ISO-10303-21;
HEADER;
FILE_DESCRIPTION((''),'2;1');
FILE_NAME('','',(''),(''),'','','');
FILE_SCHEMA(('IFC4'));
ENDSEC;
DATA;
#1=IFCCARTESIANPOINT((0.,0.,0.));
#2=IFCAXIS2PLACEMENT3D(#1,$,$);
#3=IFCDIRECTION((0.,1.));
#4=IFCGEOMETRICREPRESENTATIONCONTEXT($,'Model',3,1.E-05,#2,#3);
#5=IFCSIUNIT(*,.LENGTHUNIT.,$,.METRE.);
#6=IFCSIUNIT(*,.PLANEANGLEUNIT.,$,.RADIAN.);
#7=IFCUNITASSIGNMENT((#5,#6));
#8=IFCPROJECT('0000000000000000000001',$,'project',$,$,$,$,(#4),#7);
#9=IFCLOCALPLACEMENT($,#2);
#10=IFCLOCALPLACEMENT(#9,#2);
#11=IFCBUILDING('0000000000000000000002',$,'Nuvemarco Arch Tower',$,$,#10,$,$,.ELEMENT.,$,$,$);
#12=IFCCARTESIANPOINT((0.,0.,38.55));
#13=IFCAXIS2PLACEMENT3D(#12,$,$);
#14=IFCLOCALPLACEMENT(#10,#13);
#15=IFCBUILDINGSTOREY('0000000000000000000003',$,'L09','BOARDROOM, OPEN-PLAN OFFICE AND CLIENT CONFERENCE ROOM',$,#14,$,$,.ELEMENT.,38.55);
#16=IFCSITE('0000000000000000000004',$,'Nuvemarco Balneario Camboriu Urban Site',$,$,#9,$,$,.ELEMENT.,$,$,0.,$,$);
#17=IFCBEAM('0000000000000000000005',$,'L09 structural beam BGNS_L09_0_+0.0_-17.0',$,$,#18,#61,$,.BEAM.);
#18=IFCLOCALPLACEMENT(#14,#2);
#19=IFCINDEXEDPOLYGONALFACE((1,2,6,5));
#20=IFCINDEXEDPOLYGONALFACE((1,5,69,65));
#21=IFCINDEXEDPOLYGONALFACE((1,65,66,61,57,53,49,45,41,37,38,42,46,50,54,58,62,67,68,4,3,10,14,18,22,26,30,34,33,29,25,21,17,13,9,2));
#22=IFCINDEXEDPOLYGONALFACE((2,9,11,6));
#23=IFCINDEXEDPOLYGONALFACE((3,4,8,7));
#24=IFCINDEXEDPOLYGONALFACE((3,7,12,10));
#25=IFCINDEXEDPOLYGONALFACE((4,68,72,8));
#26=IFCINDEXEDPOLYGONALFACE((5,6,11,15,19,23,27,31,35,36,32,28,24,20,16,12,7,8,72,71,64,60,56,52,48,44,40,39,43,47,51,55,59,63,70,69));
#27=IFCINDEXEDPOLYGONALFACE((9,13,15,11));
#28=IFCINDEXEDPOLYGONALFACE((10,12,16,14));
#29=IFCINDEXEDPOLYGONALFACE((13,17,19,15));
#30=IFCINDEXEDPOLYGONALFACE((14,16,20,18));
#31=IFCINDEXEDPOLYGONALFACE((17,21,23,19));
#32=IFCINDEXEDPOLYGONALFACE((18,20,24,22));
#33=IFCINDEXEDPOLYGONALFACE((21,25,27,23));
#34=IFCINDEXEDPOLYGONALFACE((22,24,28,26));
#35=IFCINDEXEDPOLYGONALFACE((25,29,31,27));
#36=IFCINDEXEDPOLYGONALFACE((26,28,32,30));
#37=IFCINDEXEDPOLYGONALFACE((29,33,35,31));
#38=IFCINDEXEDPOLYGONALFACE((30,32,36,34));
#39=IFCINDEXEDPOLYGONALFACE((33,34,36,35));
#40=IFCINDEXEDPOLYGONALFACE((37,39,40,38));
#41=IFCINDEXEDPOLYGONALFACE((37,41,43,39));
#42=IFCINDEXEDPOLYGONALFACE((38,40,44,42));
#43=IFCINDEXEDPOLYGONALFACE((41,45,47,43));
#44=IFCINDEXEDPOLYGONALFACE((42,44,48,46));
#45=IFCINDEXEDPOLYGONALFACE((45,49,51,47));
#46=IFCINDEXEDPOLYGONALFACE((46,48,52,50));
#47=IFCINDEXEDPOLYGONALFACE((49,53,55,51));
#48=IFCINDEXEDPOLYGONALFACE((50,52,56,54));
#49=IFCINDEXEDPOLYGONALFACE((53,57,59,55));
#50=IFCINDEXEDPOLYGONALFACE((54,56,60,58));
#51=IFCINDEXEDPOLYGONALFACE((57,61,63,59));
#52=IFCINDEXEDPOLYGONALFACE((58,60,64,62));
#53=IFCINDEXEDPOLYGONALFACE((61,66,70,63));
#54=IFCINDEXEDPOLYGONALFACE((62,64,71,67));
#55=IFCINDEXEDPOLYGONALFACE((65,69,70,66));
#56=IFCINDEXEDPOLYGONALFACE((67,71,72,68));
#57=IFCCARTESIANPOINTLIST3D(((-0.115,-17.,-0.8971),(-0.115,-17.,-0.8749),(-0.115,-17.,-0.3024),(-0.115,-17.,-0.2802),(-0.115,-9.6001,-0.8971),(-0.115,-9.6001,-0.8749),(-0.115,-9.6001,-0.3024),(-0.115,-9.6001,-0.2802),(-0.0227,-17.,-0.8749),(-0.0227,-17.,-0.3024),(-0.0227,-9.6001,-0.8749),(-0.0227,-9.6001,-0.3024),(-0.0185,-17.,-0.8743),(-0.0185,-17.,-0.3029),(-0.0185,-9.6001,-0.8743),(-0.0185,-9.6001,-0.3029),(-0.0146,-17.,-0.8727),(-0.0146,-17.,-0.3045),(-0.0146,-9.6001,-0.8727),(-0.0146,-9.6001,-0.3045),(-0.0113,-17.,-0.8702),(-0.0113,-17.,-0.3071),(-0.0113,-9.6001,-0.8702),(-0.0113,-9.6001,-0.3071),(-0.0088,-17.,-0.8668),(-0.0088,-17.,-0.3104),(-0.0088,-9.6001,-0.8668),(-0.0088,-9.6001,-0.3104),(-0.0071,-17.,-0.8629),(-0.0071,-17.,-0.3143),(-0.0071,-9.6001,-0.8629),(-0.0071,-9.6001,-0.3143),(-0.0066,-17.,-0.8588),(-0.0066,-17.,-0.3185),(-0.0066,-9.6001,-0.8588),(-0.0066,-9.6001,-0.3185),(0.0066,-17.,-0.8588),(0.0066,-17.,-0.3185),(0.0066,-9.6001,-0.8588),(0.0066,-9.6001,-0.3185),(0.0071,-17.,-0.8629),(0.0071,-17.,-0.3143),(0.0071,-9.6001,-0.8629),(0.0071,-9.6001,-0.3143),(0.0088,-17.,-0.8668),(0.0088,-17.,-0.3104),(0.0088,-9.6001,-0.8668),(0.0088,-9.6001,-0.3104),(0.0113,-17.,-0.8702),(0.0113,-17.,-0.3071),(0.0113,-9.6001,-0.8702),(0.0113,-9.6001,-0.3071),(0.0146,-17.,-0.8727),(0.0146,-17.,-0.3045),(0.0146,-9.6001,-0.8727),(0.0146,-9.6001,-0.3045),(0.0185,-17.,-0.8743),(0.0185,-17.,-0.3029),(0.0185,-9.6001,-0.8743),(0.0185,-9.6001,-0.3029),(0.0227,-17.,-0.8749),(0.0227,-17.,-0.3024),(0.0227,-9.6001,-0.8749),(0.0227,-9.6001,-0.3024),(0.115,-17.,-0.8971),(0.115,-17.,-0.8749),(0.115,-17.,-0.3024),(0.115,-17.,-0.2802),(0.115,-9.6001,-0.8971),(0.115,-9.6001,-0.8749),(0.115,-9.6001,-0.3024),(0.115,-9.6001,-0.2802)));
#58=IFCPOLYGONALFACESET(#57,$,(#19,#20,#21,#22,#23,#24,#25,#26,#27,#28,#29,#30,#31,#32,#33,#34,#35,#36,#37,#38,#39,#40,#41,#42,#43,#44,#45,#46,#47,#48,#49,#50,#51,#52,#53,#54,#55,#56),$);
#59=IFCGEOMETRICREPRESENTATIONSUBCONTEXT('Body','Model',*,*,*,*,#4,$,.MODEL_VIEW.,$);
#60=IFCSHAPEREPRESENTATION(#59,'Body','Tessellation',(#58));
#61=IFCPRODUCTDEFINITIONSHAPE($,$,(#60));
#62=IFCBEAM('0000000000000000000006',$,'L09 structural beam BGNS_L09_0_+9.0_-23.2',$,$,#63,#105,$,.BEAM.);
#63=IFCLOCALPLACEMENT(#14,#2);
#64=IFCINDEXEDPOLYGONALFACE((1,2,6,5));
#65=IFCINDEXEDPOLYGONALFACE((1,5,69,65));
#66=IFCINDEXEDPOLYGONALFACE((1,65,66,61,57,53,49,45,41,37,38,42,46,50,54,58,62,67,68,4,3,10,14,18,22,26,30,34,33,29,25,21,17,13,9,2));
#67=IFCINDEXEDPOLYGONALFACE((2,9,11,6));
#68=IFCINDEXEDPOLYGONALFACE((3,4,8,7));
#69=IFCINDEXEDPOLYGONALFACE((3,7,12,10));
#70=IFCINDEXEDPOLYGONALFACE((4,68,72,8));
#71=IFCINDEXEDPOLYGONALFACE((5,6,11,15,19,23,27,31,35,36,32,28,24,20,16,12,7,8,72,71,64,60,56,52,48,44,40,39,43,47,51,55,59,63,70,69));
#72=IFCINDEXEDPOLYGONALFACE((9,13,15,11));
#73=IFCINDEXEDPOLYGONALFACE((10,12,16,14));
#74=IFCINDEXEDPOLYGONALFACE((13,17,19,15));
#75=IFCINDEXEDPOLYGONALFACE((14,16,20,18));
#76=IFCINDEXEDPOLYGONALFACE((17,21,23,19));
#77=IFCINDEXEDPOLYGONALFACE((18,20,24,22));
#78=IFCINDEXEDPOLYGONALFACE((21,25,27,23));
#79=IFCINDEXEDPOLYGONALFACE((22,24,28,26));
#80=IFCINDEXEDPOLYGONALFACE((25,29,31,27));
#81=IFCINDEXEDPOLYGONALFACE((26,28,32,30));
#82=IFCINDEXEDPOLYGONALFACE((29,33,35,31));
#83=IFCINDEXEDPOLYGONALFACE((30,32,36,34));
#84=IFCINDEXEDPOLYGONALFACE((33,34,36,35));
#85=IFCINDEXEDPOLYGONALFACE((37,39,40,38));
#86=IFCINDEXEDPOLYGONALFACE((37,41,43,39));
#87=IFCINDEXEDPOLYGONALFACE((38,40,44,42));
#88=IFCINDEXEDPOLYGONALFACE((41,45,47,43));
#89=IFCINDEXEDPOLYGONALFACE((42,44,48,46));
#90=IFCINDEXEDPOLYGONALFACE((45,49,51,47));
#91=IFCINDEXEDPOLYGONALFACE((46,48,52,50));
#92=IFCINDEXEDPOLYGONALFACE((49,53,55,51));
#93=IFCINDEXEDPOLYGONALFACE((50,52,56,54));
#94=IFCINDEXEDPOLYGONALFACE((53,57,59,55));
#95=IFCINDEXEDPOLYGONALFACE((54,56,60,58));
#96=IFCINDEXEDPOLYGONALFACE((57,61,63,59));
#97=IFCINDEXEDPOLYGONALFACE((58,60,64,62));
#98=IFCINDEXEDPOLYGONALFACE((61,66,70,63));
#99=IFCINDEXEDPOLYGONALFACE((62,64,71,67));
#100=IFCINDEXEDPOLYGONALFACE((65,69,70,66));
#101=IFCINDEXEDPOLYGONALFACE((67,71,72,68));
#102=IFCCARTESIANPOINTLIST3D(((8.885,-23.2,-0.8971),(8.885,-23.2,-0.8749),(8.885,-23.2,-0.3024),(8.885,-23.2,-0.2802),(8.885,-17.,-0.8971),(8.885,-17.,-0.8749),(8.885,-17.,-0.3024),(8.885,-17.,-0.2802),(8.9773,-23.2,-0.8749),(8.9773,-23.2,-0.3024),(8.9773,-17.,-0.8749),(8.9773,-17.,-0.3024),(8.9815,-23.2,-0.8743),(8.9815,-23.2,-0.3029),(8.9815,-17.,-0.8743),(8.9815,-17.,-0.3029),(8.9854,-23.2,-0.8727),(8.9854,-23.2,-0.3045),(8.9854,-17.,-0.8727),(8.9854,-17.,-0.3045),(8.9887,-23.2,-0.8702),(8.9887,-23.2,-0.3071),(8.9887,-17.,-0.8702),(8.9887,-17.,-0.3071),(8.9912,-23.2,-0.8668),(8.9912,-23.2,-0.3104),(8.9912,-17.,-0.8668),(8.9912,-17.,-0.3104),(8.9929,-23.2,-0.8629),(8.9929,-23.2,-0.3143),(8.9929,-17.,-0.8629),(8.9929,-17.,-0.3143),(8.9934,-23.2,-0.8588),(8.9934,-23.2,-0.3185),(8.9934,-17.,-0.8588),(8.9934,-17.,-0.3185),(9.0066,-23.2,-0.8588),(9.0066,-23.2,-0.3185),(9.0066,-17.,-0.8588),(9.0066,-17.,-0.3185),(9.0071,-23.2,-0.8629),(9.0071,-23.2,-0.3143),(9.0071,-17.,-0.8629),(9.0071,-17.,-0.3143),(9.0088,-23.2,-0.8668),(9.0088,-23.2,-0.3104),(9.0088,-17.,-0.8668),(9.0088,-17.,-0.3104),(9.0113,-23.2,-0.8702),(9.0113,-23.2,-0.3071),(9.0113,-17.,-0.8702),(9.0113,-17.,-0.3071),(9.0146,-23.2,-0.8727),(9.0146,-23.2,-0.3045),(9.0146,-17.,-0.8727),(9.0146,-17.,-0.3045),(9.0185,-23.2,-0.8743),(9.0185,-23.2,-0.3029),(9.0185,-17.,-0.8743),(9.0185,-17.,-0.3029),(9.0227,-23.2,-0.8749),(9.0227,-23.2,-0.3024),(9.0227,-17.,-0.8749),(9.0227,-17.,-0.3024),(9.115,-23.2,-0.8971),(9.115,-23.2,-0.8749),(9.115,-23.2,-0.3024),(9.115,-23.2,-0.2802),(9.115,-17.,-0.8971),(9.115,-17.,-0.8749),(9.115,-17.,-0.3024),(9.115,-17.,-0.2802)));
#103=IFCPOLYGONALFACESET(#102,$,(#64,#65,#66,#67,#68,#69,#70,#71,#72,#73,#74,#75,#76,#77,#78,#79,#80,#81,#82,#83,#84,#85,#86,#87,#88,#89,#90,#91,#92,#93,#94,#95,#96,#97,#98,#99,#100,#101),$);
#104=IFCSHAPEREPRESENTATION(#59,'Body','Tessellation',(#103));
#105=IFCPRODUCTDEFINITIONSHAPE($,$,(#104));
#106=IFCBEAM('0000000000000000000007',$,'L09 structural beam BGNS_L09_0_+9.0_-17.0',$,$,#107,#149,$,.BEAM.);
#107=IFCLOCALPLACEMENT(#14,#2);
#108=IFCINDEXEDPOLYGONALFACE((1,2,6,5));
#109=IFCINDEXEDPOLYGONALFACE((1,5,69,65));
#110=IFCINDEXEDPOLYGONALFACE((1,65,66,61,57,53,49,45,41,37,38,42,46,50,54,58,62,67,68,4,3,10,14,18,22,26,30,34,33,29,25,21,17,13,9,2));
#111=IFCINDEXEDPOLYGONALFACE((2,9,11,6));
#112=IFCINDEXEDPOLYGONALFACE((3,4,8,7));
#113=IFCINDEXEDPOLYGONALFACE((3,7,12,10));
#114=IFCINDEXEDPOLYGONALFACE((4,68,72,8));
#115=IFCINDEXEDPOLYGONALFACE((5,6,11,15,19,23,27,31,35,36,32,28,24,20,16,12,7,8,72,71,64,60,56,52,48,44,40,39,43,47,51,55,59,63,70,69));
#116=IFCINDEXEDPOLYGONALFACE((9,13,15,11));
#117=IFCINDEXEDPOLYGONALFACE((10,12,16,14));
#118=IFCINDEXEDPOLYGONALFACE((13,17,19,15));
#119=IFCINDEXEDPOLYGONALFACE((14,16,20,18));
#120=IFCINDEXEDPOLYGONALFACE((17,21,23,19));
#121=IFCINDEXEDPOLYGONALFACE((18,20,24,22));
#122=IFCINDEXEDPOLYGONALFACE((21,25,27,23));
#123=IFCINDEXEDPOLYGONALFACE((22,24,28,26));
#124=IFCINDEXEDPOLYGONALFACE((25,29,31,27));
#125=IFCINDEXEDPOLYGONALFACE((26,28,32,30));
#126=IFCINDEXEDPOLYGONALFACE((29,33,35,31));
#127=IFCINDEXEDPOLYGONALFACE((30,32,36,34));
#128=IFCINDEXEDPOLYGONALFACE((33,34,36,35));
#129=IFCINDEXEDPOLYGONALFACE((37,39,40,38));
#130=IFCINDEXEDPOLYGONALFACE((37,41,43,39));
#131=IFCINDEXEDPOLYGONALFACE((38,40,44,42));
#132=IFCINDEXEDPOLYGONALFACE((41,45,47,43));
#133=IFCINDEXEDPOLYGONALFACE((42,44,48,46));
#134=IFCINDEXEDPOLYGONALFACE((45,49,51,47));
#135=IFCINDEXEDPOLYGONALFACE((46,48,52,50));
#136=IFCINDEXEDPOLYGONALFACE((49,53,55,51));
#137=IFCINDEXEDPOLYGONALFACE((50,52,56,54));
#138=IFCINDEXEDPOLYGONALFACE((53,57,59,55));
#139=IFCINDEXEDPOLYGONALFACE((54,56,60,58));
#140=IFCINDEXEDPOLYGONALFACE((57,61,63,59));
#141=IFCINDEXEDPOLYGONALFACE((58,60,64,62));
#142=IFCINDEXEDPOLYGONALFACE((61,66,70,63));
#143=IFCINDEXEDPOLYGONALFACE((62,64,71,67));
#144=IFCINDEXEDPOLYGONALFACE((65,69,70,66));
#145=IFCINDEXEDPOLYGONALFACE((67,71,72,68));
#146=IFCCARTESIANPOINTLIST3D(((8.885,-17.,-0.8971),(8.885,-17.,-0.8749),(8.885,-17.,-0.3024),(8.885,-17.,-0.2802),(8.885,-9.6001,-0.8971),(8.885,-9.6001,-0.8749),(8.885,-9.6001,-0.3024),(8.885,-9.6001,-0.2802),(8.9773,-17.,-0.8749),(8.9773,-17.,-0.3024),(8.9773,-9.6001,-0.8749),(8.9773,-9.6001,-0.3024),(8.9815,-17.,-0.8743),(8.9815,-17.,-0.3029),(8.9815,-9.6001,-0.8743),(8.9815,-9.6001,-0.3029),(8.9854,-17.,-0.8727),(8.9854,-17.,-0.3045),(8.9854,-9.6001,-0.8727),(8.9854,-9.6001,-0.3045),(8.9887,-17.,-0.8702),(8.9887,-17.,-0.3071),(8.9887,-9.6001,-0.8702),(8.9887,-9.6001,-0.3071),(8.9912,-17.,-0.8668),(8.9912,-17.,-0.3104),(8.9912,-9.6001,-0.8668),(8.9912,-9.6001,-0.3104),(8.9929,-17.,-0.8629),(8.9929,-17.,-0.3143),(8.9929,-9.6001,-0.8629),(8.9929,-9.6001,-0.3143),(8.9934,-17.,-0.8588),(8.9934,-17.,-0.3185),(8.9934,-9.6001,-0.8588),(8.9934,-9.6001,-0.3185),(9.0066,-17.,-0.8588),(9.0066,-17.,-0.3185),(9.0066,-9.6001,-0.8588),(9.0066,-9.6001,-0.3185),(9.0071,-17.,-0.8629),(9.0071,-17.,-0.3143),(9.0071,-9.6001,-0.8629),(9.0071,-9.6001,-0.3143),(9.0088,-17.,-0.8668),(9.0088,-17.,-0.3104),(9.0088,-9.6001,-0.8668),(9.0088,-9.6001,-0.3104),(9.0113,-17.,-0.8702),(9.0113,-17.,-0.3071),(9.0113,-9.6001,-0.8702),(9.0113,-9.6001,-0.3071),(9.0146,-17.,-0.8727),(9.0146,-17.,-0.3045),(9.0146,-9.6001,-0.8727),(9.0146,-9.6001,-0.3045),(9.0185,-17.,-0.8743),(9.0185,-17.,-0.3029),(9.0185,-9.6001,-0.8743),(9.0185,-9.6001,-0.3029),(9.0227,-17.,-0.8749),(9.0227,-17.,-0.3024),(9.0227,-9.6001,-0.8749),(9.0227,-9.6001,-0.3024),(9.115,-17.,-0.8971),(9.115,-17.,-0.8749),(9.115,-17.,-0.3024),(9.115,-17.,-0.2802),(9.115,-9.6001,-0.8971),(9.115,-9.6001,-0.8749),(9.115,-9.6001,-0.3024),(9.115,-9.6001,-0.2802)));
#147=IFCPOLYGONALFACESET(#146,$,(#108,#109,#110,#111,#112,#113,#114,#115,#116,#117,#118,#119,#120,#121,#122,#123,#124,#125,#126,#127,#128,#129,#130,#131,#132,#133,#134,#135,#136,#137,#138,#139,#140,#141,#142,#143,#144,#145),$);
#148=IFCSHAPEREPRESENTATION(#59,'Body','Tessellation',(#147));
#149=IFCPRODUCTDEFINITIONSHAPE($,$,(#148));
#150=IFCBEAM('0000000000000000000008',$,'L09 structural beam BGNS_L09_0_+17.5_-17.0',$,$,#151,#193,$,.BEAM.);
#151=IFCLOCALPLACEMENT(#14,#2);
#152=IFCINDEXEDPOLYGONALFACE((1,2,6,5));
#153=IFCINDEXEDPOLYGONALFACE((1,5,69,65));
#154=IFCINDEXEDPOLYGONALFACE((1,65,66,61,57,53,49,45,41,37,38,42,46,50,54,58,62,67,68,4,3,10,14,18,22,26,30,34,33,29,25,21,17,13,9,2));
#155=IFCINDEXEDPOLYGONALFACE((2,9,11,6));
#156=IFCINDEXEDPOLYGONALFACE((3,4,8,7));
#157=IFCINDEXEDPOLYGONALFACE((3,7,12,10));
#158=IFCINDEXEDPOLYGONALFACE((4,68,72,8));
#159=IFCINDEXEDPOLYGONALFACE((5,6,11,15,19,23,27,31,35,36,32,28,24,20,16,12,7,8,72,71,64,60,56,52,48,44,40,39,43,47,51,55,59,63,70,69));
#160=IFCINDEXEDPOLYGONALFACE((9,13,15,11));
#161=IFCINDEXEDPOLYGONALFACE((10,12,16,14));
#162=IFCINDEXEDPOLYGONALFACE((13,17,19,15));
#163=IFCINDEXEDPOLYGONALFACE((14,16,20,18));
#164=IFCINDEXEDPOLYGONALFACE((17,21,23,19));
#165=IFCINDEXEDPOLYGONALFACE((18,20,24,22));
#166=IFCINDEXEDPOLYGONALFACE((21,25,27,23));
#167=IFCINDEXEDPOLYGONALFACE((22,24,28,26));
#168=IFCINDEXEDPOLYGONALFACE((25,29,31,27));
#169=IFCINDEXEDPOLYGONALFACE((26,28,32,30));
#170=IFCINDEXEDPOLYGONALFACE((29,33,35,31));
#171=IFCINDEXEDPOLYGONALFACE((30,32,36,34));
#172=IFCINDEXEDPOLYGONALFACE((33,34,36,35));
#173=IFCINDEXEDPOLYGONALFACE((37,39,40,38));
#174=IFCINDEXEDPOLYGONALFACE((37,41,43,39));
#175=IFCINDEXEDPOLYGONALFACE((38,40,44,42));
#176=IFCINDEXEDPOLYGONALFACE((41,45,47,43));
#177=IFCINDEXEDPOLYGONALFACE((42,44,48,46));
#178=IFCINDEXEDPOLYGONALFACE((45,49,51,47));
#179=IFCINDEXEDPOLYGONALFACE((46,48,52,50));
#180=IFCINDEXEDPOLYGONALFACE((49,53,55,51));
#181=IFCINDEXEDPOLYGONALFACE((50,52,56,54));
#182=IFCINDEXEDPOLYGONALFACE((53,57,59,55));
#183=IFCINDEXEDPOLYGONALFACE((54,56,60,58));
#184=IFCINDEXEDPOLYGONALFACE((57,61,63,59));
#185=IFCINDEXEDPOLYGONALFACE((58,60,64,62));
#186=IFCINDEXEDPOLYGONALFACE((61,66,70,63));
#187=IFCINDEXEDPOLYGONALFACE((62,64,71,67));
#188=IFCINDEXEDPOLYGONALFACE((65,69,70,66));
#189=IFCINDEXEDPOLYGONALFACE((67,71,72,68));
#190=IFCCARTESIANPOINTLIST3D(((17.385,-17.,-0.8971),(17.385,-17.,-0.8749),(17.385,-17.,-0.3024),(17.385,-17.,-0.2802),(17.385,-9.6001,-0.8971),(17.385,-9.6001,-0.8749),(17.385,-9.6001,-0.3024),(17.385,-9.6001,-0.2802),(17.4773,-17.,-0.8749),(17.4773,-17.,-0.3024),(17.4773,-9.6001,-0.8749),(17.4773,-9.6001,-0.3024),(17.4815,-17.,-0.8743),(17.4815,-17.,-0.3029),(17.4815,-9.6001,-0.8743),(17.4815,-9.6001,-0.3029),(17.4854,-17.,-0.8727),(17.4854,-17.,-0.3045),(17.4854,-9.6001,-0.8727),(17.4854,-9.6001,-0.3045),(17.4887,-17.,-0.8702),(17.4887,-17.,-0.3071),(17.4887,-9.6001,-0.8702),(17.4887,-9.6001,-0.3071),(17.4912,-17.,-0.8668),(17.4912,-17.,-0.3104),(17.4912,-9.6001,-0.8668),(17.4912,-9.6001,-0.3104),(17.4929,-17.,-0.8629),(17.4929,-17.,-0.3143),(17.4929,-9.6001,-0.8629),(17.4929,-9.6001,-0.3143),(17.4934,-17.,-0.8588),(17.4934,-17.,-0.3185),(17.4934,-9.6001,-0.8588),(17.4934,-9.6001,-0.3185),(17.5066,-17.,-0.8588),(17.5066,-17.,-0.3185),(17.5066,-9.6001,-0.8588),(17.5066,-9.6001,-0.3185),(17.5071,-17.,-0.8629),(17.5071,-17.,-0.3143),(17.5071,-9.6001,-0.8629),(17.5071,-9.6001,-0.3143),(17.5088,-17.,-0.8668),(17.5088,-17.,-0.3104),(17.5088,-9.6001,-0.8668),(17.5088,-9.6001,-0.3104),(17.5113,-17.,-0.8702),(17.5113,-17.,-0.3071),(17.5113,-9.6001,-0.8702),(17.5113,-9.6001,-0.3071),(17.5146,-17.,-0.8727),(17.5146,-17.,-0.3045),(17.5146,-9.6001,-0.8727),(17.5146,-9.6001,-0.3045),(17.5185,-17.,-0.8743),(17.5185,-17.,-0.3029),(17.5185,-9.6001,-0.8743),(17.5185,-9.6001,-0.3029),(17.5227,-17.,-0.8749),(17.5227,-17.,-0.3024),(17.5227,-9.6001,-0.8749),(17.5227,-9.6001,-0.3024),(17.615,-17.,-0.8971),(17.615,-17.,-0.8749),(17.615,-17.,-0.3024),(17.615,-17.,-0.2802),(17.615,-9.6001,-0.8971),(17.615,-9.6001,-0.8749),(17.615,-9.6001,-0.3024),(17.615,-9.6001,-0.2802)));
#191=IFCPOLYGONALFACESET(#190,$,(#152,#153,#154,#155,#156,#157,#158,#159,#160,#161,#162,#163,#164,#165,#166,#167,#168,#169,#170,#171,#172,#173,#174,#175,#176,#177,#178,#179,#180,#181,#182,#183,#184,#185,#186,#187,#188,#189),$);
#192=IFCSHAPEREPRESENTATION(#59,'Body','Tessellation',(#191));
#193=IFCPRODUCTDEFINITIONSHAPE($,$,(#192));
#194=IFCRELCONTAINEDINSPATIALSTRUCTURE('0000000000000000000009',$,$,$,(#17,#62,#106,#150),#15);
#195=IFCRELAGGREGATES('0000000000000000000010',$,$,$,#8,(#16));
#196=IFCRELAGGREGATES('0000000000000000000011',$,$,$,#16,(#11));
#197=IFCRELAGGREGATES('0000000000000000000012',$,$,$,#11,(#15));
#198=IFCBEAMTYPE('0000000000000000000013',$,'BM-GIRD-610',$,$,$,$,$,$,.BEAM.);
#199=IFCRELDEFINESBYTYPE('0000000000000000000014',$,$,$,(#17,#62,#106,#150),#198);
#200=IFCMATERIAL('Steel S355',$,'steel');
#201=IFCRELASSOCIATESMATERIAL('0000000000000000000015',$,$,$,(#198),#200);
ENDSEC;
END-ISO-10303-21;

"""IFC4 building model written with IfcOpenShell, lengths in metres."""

from ifc_helpers import new_model, si_unit, direction, frame, origin, origin_2d, place, context, subcontext, project, spatial, i_section, extrude, material, material_profile, profile_set, type_object, element, save


model = new_model("IFC4")

# Units and contexts
model_context = context("Model", 3, precision=1e-05, world=origin(), true_north=direction((0.0, 1.0)))
body_context = subcontext(model_context, "Body", "Model", "MODEL_VIEW")
ifc_project = project(units=[si_unit("LENGTHUNIT", "METRE"), si_unit("PLANEANGLEUNIT", "RADIAN")], contexts=[model_context])

# Site, building, storey
site_placement = place(None, origin())
site = spatial("IfcSite", under=ifc_project, at=site_placement, Name="Nuvemarco Balneario Camboriu Urban Site", CompositionType="ELEMENT", RefElevation=0.0)
building_placement = place(site_placement, origin())
building = spatial("IfcBuilding", under=site, at=building_placement, Name="Nuvemarco Arch Tower", CompositionType="ELEMENT")
storey_placement = place(building_placement, frame((0.0, 0.0, 38.55)))
storey = spatial("IfcBuildingStorey", under=building, at=storey_placement, Name="L09", Description="BOARDROOM, OPEN-PLAN OFFICE AND CLIENT CONFERENCE ROOM", CompositionType="ELEMENT", Elevation=38.55)

# Shared definitions
ifc_material_1 = material(Name="Steel S355", Category="steel")

# Beams
ifc_material_profile_1 = material_profile(ifc_material_1, i_section(OverallWidth=0.23, OverallDepth=0.6169, WebThickness=0.0132, FlangeThickness=0.0222, FilletRadius=0.0161, at=origin_2d()), Name="W610x140")
ifc_profile_set_1 = profile_set([ifc_material_profile_1], Name="Steel S355")
beam_type_1 = type_object("IfcBeamType", Name="BM-GIRD-610", PredefinedType="BEAM", material=ifc_profile_set_1)
beam_1_placement = place(storey_placement, frame((0.0, -17.0, -0.5886), z_axis=(0.0, 1.0, 0.0), x_axis=(-1.0, 0.0, 0.0)))
element("IfcBeam", 1, at=beam_1_placement, inside=storey, type_object=beam_type_1, Name="L09 structural beam BGNS_L09_0_+0.0_-17.0", PredefinedType="BEAM", context=body_context, shape_type="SweptSolid", body=[
    extrude(i_section(OverallWidth=0.23, OverallDepth=0.6169, WebThickness=0.0132, FlangeThickness=0.0222, FilletRadius=0.0161, at=origin_2d()), origin(), (0.0, 0.0, 1.0), 7.3999),
])
beam_2_placement = place(storey_placement, frame((9.0, -23.2, -0.5886), z_axis=(0.0, 1.0, 0.0), x_axis=(-1.0, 0.0, 0.0)))
element("IfcBeam", 2, at=beam_2_placement, inside=storey, type_object=beam_type_1, Name="L09 structural beam BGNS_L09_0_+9.0_-23.2", PredefinedType="BEAM", context=body_context, shape_type="SweptSolid", body=[
    extrude(i_section(OverallWidth=0.23, OverallDepth=0.6169, WebThickness=0.0132, FlangeThickness=0.0222, FilletRadius=0.0161, at=origin_2d()), origin(), (0.0, 0.0, 1.0), 6.2),
])
for number, where, z_axis, x_axis, name in (
    (3, (9.0, -17.0, -0.5886), (0.0, 1.0, 0.0), (-1.0, 0.0, 0.0), "L09 structural beam BGNS_L09_0_+9.0_-17.0"),
    (4, (17.5, -17.0, -0.5886), (0.0, 1.0, 0.0), (-1.0, 0.0, 0.0), "L09 structural beam BGNS_L09_0_+17.5_-17.0"),
):
    element("IfcBeam", number, at=place(storey_placement, frame(where, z_axis=z_axis, x_axis=x_axis)), inside=storey, type_object=beam_type_1, Name=name, PredefinedType="BEAM", context=body_context, shape_type="SweptSolid", body=[
        extrude(i_section(OverallWidth=0.23, OverallDepth=0.6169, WebThickness=0.0132, FlangeThickness=0.0222, FilletRadius=0.0161, at=origin_2d()), origin(), (0.0, 0.0, 1.0), 7.3999),
    ])

save(model, "model.ifc")
